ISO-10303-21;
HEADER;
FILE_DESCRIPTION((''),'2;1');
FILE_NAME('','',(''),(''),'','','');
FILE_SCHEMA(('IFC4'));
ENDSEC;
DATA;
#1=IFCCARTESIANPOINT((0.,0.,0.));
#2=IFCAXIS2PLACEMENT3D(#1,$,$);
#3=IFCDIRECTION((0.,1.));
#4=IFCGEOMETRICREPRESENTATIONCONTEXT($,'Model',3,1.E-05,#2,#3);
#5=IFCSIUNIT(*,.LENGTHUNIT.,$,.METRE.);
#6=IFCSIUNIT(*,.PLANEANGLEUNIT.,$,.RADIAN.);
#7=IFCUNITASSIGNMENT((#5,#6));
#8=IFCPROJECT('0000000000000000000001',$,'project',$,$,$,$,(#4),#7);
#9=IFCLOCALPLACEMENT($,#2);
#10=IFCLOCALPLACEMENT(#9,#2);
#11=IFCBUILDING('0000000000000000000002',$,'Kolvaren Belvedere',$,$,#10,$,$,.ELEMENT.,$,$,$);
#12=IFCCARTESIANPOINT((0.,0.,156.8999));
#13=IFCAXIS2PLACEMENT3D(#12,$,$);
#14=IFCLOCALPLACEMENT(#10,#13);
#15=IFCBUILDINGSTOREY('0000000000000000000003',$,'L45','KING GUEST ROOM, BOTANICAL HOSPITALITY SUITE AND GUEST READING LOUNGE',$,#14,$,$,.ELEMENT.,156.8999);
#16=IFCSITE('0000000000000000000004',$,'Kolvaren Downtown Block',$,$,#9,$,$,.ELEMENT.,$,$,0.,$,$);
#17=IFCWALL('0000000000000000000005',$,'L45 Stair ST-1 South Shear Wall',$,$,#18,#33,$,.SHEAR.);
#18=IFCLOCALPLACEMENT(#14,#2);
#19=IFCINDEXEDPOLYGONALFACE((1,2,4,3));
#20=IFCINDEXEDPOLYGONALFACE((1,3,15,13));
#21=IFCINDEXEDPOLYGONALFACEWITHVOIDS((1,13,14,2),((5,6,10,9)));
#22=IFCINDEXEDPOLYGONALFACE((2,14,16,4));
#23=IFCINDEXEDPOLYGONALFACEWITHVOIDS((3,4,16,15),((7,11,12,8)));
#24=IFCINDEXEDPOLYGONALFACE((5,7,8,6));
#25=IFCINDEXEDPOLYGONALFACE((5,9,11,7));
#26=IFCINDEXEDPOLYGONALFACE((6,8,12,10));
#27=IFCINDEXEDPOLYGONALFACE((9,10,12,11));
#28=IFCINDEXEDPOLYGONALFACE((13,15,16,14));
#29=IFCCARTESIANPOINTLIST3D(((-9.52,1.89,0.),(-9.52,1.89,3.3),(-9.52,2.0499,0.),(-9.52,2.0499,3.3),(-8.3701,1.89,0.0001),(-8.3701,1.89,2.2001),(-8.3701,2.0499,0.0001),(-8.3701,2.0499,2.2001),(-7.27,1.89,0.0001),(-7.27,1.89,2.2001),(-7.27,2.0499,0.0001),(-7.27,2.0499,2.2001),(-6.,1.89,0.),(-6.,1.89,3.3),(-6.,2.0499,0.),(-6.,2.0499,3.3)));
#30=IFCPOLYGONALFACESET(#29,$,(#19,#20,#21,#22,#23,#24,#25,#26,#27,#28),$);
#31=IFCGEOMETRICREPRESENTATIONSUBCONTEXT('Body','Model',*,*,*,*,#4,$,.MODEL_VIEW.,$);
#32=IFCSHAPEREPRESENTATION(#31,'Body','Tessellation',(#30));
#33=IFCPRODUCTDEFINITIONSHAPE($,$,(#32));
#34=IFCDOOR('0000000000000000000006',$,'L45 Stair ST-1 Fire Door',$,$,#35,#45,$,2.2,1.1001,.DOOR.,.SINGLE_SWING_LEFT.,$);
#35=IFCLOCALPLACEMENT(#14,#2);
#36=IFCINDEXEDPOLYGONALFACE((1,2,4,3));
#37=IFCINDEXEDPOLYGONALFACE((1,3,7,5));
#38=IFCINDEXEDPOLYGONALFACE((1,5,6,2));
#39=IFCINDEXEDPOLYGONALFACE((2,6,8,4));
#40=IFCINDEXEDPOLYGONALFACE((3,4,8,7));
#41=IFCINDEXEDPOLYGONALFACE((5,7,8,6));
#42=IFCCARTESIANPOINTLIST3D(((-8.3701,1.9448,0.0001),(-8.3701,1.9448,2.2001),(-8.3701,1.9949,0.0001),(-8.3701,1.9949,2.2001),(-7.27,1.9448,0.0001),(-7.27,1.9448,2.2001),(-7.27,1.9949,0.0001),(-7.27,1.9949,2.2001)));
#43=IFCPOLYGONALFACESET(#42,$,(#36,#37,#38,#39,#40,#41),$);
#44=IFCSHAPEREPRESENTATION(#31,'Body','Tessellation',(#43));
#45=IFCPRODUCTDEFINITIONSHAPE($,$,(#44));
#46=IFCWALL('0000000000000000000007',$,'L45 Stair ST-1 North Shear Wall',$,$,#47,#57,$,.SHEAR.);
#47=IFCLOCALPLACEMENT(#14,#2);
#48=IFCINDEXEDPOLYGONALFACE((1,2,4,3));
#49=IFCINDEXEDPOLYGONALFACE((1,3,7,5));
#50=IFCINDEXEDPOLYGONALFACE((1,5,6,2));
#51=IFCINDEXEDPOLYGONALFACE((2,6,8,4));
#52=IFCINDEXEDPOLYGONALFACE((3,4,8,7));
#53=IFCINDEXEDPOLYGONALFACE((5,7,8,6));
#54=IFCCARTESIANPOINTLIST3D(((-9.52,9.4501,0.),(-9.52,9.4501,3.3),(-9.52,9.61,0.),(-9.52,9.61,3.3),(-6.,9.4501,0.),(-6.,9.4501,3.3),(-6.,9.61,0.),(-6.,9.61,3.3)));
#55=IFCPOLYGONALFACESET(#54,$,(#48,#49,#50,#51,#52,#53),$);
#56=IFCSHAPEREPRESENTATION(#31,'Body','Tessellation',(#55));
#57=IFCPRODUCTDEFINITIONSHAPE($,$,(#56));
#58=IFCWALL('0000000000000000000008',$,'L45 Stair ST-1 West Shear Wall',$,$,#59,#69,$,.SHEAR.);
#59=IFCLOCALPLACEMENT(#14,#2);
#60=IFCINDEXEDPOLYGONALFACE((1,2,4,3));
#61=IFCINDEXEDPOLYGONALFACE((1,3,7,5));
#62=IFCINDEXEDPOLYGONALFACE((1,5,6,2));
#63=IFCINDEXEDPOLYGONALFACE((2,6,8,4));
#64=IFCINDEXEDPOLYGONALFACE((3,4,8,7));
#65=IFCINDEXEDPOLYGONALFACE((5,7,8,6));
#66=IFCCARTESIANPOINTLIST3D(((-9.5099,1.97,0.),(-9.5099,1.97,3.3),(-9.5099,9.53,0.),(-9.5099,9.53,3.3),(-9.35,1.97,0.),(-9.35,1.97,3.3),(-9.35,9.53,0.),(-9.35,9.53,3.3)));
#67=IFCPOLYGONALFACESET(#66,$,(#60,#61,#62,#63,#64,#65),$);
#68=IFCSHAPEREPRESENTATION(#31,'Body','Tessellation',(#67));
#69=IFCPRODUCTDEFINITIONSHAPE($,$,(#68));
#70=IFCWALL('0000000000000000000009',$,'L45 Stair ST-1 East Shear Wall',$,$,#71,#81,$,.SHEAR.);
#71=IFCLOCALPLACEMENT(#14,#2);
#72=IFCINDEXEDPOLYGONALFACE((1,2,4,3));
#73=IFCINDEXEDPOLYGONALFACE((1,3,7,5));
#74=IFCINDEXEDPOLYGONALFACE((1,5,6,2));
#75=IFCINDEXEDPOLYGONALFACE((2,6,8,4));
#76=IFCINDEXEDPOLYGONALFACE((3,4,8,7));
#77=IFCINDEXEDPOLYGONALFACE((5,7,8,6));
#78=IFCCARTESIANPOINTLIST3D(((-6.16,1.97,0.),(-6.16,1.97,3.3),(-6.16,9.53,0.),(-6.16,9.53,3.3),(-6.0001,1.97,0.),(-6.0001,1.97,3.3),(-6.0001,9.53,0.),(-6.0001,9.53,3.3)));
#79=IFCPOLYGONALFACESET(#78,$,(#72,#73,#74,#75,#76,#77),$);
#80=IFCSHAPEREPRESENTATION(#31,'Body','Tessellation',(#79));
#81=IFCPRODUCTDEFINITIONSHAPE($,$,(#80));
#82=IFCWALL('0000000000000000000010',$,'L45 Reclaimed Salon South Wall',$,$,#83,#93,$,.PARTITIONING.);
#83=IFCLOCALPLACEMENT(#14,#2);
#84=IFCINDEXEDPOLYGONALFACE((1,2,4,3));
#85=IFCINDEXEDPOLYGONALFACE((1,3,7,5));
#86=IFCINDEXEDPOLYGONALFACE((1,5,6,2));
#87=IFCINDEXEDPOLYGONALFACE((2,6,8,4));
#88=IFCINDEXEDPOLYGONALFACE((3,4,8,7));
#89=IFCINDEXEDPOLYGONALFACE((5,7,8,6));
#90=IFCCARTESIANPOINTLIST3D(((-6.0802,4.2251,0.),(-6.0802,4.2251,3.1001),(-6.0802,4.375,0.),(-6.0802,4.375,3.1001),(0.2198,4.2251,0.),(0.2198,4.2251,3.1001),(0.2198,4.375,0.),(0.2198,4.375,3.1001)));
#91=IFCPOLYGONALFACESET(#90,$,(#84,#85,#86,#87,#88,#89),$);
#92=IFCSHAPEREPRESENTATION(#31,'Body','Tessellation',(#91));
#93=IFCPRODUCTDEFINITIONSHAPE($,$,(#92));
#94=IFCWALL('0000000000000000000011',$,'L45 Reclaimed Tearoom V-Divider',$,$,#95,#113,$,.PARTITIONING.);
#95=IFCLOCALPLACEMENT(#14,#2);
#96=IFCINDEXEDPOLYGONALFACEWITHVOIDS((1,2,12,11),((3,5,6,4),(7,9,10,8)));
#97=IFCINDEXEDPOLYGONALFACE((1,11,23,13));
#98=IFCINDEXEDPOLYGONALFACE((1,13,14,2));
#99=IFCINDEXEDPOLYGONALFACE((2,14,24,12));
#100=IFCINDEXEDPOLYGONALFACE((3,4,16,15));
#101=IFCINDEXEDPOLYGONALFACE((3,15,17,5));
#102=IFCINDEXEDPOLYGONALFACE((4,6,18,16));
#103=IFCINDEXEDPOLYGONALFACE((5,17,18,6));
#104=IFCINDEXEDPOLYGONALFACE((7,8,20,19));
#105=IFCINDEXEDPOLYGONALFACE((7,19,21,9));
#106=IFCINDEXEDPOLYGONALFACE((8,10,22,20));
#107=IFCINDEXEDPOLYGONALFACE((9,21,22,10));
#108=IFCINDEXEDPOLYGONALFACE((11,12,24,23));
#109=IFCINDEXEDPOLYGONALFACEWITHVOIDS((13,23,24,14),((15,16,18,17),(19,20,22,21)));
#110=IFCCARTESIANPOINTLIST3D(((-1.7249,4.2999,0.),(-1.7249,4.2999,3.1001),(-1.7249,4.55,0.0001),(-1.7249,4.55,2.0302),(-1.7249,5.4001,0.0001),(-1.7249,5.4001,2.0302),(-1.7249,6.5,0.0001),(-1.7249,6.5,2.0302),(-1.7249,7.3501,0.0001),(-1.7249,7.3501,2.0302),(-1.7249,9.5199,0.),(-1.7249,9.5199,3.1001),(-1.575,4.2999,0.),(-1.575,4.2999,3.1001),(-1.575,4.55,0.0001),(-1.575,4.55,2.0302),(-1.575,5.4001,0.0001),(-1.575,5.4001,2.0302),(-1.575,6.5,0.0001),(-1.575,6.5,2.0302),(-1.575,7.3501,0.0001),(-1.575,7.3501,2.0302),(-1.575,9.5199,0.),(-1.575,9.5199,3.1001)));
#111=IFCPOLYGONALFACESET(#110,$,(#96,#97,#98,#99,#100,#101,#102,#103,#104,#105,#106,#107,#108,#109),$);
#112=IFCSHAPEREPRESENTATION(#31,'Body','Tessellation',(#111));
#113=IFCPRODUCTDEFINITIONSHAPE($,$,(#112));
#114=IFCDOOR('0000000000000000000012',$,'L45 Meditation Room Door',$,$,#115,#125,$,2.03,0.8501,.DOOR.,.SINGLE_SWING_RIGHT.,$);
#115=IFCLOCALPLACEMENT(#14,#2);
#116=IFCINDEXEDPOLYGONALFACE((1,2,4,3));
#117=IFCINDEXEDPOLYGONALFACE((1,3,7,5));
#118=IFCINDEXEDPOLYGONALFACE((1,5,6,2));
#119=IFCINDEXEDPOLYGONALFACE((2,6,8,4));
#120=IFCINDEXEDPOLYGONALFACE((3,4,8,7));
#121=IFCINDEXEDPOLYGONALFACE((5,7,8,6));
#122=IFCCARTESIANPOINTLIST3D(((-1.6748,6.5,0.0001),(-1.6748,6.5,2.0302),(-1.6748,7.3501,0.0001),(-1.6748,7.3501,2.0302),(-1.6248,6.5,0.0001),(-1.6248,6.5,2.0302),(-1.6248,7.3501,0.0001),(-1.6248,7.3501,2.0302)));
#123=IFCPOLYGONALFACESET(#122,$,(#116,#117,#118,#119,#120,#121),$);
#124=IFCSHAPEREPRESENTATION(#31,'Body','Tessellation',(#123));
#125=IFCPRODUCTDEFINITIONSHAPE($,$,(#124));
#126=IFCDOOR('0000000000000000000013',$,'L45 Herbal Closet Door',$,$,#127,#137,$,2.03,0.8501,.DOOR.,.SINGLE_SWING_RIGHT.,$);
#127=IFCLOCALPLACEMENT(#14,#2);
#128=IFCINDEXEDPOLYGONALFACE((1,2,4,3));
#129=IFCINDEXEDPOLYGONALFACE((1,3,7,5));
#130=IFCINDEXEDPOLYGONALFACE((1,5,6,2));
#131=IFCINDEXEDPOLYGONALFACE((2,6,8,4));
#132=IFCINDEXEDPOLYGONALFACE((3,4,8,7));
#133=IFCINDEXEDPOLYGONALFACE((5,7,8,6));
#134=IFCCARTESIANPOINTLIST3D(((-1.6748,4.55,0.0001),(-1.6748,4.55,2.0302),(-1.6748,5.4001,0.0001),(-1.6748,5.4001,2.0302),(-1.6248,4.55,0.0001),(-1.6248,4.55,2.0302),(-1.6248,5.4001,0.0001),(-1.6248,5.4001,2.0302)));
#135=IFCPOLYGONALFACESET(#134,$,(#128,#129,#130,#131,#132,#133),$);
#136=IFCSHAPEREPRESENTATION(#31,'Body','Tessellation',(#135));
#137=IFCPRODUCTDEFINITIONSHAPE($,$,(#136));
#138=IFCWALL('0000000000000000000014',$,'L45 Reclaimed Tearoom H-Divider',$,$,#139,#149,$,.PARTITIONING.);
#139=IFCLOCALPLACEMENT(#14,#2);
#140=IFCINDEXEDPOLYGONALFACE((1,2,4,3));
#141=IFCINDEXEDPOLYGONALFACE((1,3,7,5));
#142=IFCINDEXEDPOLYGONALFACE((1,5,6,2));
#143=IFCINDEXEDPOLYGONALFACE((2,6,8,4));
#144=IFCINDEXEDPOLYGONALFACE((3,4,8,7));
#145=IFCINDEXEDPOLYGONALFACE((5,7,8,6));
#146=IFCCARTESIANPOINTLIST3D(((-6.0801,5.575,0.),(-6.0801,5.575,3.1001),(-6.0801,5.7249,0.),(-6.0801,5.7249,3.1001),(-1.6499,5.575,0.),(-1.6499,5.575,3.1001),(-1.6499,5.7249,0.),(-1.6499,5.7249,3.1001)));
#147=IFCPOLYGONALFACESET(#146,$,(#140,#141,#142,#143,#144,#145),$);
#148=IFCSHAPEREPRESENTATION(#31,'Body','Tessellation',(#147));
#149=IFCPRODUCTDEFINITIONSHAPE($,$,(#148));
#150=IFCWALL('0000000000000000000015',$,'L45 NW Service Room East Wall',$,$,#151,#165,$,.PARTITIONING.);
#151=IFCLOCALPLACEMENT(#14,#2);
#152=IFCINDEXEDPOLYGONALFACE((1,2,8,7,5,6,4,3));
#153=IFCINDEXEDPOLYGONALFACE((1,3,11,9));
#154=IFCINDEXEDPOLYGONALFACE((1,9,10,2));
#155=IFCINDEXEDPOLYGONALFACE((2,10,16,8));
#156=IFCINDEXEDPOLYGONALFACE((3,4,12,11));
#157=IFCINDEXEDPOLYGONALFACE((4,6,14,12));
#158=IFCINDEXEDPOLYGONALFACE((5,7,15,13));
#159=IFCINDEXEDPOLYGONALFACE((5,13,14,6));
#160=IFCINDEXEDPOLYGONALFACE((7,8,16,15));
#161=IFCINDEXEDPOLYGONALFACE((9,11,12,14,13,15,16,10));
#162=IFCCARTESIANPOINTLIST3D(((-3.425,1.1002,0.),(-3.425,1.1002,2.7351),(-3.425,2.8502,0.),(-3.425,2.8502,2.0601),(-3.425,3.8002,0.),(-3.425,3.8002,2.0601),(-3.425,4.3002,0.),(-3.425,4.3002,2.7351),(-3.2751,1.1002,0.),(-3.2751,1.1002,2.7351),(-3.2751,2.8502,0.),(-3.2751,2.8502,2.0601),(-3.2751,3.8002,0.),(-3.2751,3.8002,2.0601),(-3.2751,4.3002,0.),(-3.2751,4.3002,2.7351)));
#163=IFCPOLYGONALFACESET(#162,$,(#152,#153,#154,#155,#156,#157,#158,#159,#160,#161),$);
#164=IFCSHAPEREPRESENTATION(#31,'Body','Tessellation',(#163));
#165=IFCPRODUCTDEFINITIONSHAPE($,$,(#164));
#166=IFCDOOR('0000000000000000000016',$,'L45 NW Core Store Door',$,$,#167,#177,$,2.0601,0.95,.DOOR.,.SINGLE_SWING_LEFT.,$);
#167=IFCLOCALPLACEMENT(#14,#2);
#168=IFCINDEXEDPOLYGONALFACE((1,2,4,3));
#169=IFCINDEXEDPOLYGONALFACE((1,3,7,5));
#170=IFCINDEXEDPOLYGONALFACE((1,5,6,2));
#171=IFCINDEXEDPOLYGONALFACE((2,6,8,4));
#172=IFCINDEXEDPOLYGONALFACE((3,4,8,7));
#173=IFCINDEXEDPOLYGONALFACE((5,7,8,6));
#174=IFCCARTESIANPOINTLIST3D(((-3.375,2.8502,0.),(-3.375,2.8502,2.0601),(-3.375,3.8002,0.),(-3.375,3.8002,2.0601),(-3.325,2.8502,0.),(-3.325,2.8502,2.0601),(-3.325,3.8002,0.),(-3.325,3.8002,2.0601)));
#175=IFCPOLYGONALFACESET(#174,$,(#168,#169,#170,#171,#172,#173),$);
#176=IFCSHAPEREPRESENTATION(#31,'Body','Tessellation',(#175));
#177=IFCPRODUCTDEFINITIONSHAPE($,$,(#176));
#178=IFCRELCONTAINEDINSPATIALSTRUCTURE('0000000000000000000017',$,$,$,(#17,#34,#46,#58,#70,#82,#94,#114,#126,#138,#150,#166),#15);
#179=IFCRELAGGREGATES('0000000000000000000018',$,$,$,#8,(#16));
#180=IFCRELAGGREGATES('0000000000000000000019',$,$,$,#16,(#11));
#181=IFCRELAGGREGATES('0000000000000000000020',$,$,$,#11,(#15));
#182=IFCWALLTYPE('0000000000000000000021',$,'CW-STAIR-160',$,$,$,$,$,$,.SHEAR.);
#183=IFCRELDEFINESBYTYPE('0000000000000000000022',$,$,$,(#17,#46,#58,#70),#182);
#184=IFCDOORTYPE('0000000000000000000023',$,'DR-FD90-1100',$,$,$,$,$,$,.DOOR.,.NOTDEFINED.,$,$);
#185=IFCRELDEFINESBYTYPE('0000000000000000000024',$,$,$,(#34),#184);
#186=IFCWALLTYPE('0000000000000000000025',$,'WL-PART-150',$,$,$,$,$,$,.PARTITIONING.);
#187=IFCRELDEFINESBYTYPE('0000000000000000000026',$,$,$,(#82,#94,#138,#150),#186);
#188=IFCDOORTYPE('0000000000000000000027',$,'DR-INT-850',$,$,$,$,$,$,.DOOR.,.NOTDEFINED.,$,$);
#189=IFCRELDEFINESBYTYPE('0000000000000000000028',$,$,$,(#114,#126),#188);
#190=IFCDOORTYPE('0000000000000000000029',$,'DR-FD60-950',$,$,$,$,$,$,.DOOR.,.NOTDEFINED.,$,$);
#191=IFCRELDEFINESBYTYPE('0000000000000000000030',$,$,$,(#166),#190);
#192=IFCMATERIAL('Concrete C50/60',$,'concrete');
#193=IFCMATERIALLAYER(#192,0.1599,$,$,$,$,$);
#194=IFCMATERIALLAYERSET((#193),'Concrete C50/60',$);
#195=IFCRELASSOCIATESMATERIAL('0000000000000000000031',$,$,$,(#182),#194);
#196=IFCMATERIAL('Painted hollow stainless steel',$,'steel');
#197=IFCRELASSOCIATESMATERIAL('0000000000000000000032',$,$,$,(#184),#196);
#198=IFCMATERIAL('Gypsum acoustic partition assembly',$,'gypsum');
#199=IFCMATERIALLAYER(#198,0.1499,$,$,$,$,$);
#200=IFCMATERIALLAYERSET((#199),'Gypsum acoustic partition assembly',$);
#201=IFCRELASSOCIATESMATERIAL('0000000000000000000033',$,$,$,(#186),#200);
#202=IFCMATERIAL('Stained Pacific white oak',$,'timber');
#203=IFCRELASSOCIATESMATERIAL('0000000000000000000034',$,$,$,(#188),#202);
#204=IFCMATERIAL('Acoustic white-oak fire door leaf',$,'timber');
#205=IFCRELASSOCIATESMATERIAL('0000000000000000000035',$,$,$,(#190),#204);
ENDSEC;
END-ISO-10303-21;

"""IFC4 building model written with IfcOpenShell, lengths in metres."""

from ifc_helpers import new_model, si_unit, direction, frame, frame_2d, origin, place, context, subcontext, project, spatial, rectangle, extrude, material, layer, layer_set, type_object, element, fill, save


model = new_model("IFC4")

# Units and contexts
model_context = context("Model", 3, precision=1e-05, world=origin(), true_north=direction((0.0, 1.0)))
body_context = subcontext(model_context, "Body", "Model", "MODEL_VIEW")
ifc_project = project(units=[si_unit("LENGTHUNIT", "METRE"), si_unit("PLANEANGLEUNIT", "RADIAN")], contexts=[model_context])

# Site, building, storey
site_placement = place(None, origin())
site = spatial("IfcSite", under=ifc_project, at=site_placement, Name="Kolvaren Downtown Block", CompositionType="ELEMENT", RefElevation=0.0)
building_placement = place(site_placement, origin())
building = spatial("IfcBuilding", under=site, at=building_placement, Name="Kolvaren Belvedere", CompositionType="ELEMENT")
storey_placement = place(building_placement, frame((0.0, 0.0, 156.8999)))
storey = spatial("IfcBuildingStorey", under=building, at=storey_placement, Name="L45", Description="KING GUEST ROOM, BOTANICAL HOSPITALITY SUITE AND GUEST READING LOUNGE", CompositionType="ELEMENT", Elevation=156.8999)

# Wall, opening, door
ifc_material_1 = material(Name="Concrete C50/60", Category="concrete")
ifc_layer_1 = layer(ifc_material_1, 0.1599)
ifc_layer_set_1 = layer_set([ifc_layer_1], Name="Concrete C50/60")
wall_type_1 = type_object("IfcWallType", Name="CW-STAIR-160", PredefinedType="SHEAR", material=ifc_layer_set_1)
wall_1_placement = place(storey_placement, frame((-9.52, 1.97, 0.0), z_axis=(0.0, 0.0, 1.0), x_axis=(1.0, 0.0, 0.0)))
wall_1 = element("IfcWall", 1, at=wall_1_placement, inside=storey, type_object=wall_type_1, Name="L45 Stair ST-1 South Shear Wall", PredefinedType="SHEAR", context=body_context, shape_type="SweptSolid", body=[
    extrude(rectangle(XDim=3.52, YDim=0.1599, at=frame_2d((1.76, 0.0))), origin(), (0.0, 0.0, 1.0), 3.3),
])
opening_1_placement = place(wall_1_placement, frame((1.1499, 0.0, 0.0)))
opening_1 = element("IfcOpeningElement", 2, at=opening_1_placement, cuts=wall_1, PredefinedType="OPENING", context=body_context, shape_type="SweptSolid", body=[
    extrude(rectangle(XDim=1.1001, YDim=2.2, at=frame_2d((0.55, 1.1001))), frame((0.0, 0.0898, 0.0), z_axis=(0.0, -1.0, 0.0), x_axis=(1.0, 0.0, 0.0)), (0.0, 0.0, 1.0), 0.1799),
])
ifc_material_2 = material(Name="Painted hollow stainless steel", Category="steel")
door_type_1 = type_object("IfcDoorType", Name="DR-FD90-1100", OperationType="NOTDEFINED", PredefinedType="DOOR", material=ifc_material_2)
door_1_placement = place(opening_1_placement, origin())
door_1 = element("IfcDoor", 3, at=door_1_placement, inside=storey, type_object=door_type_1, Name="L45 Stair ST-1 Fire Door", OperationType="SINGLE_SWING_LEFT", OverallHeight=2.2, OverallWidth=1.1001, PredefinedType="DOOR", context=body_context, shape_type="SweptSolid", body=[
    extrude(rectangle(XDim=1.1001, YDim=2.2, at=frame_2d((0.55, 1.1001))), frame((0.0, 0.0249, 0.0), z_axis=(0.0, -1.0, 0.0), x_axis=(1.0, 0.0, 0.0)), (0.0, 0.0, 1.0), 0.05),
])
fill(opening_1, door_1)

# Walls
wall_2_placement = place(storey_placement, frame((-9.52, 9.53, 0.0), z_axis=(0.0, 0.0, 1.0), x_axis=(1.0, 0.0, 0.0)))
element("IfcWall", 4, at=wall_2_placement, inside=storey, type_object=wall_type_1, Name="L45 Stair ST-1 North Shear Wall", PredefinedType="SHEAR", context=body_context, shape_type="SweptSolid", body=[
    extrude(rectangle(XDim=3.52, YDim=0.1599, at=frame_2d((1.76, 0.0))), origin(), (0.0, 0.0, 1.0), 3.3),
])
for number, where, z_axis, x_axis, name in (
    (5, (-9.4299, 1.97, 0.0), (0.0, 0.0, 1.0), (0.0, 1.0, 0.0), "L45 Stair ST-1 West Shear Wall"),
    (6, (-6.0801, 1.97, 0.0), (0.0, 0.0, 1.0), (0.0, 1.0, 0.0), "L45 Stair ST-1 East Shear Wall"),
):
    element("IfcWall", number, at=place(storey_placement, frame(where, z_axis=z_axis, x_axis=x_axis)), inside=storey, type_object=wall_type_1, Name=name, PredefinedType="SHEAR", context=body_context, shape_type="SweptSolid", body=[
        extrude(rectangle(XDim=7.5601, YDim=0.1599, at=frame_2d((3.78, 0.0))), origin(), (0.0, 0.0, 1.0), 3.3),
    ])
ifc_material_3 = material(Name="Gypsum acoustic partition assembly", Category="gypsum")
ifc_layer_2 = layer(ifc_material_3, 0.1499)
ifc_layer_set_2 = layer_set([ifc_layer_2], Name="Gypsum acoustic partition assembly")
wall_type_2 = type_object("IfcWallType", Name="WL-PART-150", PredefinedType="PARTITIONING", material=ifc_layer_set_2)
wall_3_placement = place(storey_placement, frame((-6.0801, 4.3, 0.0), z_axis=(0.0, 0.0, 1.0), x_axis=(1.0, 0.0, 0.0)))
element("IfcWall", 7, at=wall_3_placement, inside=storey, type_object=wall_type_2, Name="L45 Reclaimed Salon South Wall", PredefinedType="PARTITIONING", context=body_context, shape_type="SweptSolid", body=[
    extrude(rectangle(XDim=6.3, YDim=0.1499, at=frame_2d((3.1499, 0.0))), origin(), (0.0, 0.0, 1.0), 3.1001),
])

# Wall, openings, doors
wall_4_placement = place(storey_placement, frame((-1.6499, 4.3, 0.0), z_axis=(0.0, 0.0, 1.0), x_axis=(0.0, 1.0, 0.0)))
wall_4 = element("IfcWall", 8, at=wall_4_placement, inside=storey, type_object=wall_type_2, Name="L45 Reclaimed Tearoom V-Divider", PredefinedType="PARTITIONING", context=body_context, shape_type="SweptSolid", body=[
    extrude(rectangle(XDim=5.22, YDim=0.1499, at=frame_2d((2.6099, 0.0))), origin(), (0.0, 0.0, 1.0), 3.1001),
])
opening_2_placement = place(wall_4_placement, frame((2.2, 0.0, 0.0)))
opening_2 = element("IfcOpeningElement", 9, at=opening_2_placement, cuts=wall_4, PredefinedType="OPENING", context=body_context, shape_type="SweptSolid", body=[
    extrude(rectangle(XDim=0.8501, YDim=2.03, at=frame_2d((0.425, 1.0151))), frame((0.0, 0.085, 0.0), z_axis=(0.0, -1.0, 0.0), x_axis=(1.0, 0.0, 0.0)), (0.0, 0.0, 1.0), 0.1699),
])
opening_3_placement = place(wall_4_placement, frame((0.25, 0.0, 0.0)))
opening_3 = element("IfcOpeningElement", 10, at=opening_3_placement, cuts=wall_4, PredefinedType="OPENING", context=body_context, shape_type="SweptSolid", body=[
    extrude(rectangle(XDim=0.8501, YDim=2.03, at=frame_2d((0.425, 1.0151))), frame((0.0, 0.085, 0.0), z_axis=(0.0, -1.0, 0.0), x_axis=(1.0, 0.0, 0.0)), (0.0, 0.0, 1.0), 0.1699),
])
ifc_material_4 = material(Name="Stained Pacific white oak", Category="timber")
door_type_2 = type_object("IfcDoorType", Name="DR-INT-850", OperationType="NOTDEFINED", PredefinedType="DOOR", material=ifc_material_4)
door_2_placement = place(opening_2_placement, origin())
door_2 = element("IfcDoor", 11, at=door_2_placement, inside=storey, type_object=door_type_2, Name="L45 Meditation Room Door", OperationType="SINGLE_SWING_RIGHT", OverallHeight=2.03, OverallWidth=0.8501, PredefinedType="DOOR", context=body_context, shape_type="SweptSolid", body=[
    extrude(rectangle(XDim=0.8501, YDim=2.03, at=frame_2d((0.425, 1.0151))), frame((0.0, 0.0249, 0.0), z_axis=(0.0, -1.0, 0.0), x_axis=(1.0, 0.0, 0.0)), (0.0, 0.0, 1.0), 0.05),
])
fill(opening_2, door_2)
door_3_placement = place(opening_3_placement, origin())
door_3 = element("IfcDoor", 12, at=door_3_placement, inside=storey, type_object=door_type_2, Name="L45 Herbal Closet Door", OperationType="SINGLE_SWING_RIGHT", OverallHeight=2.03, OverallWidth=0.8501, PredefinedType="DOOR", context=body_context, shape_type="SweptSolid", body=[
    extrude(rectangle(XDim=0.8501, YDim=2.03, at=frame_2d((0.425, 1.0151))), frame((0.0, 0.0249, 0.0), z_axis=(0.0, -1.0, 0.0), x_axis=(1.0, 0.0, 0.0)), (0.0, 0.0, 1.0), 0.05),
])
fill(opening_3, door_3)

# Wall
wall_5_placement = place(storey_placement, frame((-6.0801, 5.6499, 0.0), z_axis=(0.0, 0.0, 1.0), x_axis=(1.0, 0.0, 0.0)))
element("IfcWall", 13, at=wall_5_placement, inside=storey, type_object=wall_type_2, Name="L45 Reclaimed Tearoom H-Divider", PredefinedType="PARTITIONING", context=body_context, shape_type="SweptSolid", body=[
    extrude(rectangle(XDim=4.4302, YDim=0.1499, at=frame_2d((2.2151, 0.0))), origin(), (0.0, 0.0, 1.0), 3.1001),
])

# Wall, opening, door
wall_6_placement = place(storey_placement, frame((-3.3501, 1.1001, 0.0), z_axis=(0.0, 0.0, 1.0), x_axis=(0.0, 1.0, 0.0)))
wall_6 = element("IfcWall", 14, at=wall_6_placement, inside=storey, type_object=wall_type_2, Name="L45 NW Service Room East Wall", PredefinedType="PARTITIONING", context=body_context, shape_type="SweptSolid", body=[
    extrude(rectangle(XDim=3.2, YDim=0.1499, at=frame_2d((1.6001, 0.0))), origin(), (0.0, 0.0, 1.0), 2.7351),
])
opening_4_placement = place(wall_6_placement, frame((1.75, 0.0, 0.0)))
opening_4 = element("IfcOpeningElement", 15, at=opening_4_placement, cuts=wall_6, PredefinedType="OPENING", context=body_context, shape_type="SweptSolid", body=[
    extrude(rectangle(XDim=0.95, YDim=2.0601, at=frame_2d((0.4751, 1.03))), frame((0.0, 0.085, 0.0), z_axis=(0.0, -1.0, 0.0), x_axis=(1.0, 0.0, 0.0)), (0.0, 0.0, 1.0), 0.1699),
])
ifc_material_5 = material(Name="Acoustic white-oak fire door leaf", Category="timber")
door_type_3 = type_object("IfcDoorType", Name="DR-FD60-950", OperationType="NOTDEFINED", PredefinedType="DOOR", material=ifc_material_5)
door_4_placement = place(opening_4_placement, origin())
door_4 = element("IfcDoor", 16, at=door_4_placement, inside=storey, type_object=door_type_3, Name="L45 NW Core Store Door", OperationType="SINGLE_SWING_LEFT", OverallHeight=2.0601, OverallWidth=0.95, PredefinedType="DOOR", context=body_context, shape_type="SweptSolid", body=[
    extrude(rectangle(XDim=0.95, YDim=2.0601, at=frame_2d((0.4751, 1.03))), frame((0.0, 0.0249, 0.0), z_axis=(0.0, -1.0, 0.0), x_axis=(1.0, 0.0, 0.0)), (0.0, 0.0, 1.0), 0.05),
])
fill(opening_4, door_4)

save(model, "model.ifc")
